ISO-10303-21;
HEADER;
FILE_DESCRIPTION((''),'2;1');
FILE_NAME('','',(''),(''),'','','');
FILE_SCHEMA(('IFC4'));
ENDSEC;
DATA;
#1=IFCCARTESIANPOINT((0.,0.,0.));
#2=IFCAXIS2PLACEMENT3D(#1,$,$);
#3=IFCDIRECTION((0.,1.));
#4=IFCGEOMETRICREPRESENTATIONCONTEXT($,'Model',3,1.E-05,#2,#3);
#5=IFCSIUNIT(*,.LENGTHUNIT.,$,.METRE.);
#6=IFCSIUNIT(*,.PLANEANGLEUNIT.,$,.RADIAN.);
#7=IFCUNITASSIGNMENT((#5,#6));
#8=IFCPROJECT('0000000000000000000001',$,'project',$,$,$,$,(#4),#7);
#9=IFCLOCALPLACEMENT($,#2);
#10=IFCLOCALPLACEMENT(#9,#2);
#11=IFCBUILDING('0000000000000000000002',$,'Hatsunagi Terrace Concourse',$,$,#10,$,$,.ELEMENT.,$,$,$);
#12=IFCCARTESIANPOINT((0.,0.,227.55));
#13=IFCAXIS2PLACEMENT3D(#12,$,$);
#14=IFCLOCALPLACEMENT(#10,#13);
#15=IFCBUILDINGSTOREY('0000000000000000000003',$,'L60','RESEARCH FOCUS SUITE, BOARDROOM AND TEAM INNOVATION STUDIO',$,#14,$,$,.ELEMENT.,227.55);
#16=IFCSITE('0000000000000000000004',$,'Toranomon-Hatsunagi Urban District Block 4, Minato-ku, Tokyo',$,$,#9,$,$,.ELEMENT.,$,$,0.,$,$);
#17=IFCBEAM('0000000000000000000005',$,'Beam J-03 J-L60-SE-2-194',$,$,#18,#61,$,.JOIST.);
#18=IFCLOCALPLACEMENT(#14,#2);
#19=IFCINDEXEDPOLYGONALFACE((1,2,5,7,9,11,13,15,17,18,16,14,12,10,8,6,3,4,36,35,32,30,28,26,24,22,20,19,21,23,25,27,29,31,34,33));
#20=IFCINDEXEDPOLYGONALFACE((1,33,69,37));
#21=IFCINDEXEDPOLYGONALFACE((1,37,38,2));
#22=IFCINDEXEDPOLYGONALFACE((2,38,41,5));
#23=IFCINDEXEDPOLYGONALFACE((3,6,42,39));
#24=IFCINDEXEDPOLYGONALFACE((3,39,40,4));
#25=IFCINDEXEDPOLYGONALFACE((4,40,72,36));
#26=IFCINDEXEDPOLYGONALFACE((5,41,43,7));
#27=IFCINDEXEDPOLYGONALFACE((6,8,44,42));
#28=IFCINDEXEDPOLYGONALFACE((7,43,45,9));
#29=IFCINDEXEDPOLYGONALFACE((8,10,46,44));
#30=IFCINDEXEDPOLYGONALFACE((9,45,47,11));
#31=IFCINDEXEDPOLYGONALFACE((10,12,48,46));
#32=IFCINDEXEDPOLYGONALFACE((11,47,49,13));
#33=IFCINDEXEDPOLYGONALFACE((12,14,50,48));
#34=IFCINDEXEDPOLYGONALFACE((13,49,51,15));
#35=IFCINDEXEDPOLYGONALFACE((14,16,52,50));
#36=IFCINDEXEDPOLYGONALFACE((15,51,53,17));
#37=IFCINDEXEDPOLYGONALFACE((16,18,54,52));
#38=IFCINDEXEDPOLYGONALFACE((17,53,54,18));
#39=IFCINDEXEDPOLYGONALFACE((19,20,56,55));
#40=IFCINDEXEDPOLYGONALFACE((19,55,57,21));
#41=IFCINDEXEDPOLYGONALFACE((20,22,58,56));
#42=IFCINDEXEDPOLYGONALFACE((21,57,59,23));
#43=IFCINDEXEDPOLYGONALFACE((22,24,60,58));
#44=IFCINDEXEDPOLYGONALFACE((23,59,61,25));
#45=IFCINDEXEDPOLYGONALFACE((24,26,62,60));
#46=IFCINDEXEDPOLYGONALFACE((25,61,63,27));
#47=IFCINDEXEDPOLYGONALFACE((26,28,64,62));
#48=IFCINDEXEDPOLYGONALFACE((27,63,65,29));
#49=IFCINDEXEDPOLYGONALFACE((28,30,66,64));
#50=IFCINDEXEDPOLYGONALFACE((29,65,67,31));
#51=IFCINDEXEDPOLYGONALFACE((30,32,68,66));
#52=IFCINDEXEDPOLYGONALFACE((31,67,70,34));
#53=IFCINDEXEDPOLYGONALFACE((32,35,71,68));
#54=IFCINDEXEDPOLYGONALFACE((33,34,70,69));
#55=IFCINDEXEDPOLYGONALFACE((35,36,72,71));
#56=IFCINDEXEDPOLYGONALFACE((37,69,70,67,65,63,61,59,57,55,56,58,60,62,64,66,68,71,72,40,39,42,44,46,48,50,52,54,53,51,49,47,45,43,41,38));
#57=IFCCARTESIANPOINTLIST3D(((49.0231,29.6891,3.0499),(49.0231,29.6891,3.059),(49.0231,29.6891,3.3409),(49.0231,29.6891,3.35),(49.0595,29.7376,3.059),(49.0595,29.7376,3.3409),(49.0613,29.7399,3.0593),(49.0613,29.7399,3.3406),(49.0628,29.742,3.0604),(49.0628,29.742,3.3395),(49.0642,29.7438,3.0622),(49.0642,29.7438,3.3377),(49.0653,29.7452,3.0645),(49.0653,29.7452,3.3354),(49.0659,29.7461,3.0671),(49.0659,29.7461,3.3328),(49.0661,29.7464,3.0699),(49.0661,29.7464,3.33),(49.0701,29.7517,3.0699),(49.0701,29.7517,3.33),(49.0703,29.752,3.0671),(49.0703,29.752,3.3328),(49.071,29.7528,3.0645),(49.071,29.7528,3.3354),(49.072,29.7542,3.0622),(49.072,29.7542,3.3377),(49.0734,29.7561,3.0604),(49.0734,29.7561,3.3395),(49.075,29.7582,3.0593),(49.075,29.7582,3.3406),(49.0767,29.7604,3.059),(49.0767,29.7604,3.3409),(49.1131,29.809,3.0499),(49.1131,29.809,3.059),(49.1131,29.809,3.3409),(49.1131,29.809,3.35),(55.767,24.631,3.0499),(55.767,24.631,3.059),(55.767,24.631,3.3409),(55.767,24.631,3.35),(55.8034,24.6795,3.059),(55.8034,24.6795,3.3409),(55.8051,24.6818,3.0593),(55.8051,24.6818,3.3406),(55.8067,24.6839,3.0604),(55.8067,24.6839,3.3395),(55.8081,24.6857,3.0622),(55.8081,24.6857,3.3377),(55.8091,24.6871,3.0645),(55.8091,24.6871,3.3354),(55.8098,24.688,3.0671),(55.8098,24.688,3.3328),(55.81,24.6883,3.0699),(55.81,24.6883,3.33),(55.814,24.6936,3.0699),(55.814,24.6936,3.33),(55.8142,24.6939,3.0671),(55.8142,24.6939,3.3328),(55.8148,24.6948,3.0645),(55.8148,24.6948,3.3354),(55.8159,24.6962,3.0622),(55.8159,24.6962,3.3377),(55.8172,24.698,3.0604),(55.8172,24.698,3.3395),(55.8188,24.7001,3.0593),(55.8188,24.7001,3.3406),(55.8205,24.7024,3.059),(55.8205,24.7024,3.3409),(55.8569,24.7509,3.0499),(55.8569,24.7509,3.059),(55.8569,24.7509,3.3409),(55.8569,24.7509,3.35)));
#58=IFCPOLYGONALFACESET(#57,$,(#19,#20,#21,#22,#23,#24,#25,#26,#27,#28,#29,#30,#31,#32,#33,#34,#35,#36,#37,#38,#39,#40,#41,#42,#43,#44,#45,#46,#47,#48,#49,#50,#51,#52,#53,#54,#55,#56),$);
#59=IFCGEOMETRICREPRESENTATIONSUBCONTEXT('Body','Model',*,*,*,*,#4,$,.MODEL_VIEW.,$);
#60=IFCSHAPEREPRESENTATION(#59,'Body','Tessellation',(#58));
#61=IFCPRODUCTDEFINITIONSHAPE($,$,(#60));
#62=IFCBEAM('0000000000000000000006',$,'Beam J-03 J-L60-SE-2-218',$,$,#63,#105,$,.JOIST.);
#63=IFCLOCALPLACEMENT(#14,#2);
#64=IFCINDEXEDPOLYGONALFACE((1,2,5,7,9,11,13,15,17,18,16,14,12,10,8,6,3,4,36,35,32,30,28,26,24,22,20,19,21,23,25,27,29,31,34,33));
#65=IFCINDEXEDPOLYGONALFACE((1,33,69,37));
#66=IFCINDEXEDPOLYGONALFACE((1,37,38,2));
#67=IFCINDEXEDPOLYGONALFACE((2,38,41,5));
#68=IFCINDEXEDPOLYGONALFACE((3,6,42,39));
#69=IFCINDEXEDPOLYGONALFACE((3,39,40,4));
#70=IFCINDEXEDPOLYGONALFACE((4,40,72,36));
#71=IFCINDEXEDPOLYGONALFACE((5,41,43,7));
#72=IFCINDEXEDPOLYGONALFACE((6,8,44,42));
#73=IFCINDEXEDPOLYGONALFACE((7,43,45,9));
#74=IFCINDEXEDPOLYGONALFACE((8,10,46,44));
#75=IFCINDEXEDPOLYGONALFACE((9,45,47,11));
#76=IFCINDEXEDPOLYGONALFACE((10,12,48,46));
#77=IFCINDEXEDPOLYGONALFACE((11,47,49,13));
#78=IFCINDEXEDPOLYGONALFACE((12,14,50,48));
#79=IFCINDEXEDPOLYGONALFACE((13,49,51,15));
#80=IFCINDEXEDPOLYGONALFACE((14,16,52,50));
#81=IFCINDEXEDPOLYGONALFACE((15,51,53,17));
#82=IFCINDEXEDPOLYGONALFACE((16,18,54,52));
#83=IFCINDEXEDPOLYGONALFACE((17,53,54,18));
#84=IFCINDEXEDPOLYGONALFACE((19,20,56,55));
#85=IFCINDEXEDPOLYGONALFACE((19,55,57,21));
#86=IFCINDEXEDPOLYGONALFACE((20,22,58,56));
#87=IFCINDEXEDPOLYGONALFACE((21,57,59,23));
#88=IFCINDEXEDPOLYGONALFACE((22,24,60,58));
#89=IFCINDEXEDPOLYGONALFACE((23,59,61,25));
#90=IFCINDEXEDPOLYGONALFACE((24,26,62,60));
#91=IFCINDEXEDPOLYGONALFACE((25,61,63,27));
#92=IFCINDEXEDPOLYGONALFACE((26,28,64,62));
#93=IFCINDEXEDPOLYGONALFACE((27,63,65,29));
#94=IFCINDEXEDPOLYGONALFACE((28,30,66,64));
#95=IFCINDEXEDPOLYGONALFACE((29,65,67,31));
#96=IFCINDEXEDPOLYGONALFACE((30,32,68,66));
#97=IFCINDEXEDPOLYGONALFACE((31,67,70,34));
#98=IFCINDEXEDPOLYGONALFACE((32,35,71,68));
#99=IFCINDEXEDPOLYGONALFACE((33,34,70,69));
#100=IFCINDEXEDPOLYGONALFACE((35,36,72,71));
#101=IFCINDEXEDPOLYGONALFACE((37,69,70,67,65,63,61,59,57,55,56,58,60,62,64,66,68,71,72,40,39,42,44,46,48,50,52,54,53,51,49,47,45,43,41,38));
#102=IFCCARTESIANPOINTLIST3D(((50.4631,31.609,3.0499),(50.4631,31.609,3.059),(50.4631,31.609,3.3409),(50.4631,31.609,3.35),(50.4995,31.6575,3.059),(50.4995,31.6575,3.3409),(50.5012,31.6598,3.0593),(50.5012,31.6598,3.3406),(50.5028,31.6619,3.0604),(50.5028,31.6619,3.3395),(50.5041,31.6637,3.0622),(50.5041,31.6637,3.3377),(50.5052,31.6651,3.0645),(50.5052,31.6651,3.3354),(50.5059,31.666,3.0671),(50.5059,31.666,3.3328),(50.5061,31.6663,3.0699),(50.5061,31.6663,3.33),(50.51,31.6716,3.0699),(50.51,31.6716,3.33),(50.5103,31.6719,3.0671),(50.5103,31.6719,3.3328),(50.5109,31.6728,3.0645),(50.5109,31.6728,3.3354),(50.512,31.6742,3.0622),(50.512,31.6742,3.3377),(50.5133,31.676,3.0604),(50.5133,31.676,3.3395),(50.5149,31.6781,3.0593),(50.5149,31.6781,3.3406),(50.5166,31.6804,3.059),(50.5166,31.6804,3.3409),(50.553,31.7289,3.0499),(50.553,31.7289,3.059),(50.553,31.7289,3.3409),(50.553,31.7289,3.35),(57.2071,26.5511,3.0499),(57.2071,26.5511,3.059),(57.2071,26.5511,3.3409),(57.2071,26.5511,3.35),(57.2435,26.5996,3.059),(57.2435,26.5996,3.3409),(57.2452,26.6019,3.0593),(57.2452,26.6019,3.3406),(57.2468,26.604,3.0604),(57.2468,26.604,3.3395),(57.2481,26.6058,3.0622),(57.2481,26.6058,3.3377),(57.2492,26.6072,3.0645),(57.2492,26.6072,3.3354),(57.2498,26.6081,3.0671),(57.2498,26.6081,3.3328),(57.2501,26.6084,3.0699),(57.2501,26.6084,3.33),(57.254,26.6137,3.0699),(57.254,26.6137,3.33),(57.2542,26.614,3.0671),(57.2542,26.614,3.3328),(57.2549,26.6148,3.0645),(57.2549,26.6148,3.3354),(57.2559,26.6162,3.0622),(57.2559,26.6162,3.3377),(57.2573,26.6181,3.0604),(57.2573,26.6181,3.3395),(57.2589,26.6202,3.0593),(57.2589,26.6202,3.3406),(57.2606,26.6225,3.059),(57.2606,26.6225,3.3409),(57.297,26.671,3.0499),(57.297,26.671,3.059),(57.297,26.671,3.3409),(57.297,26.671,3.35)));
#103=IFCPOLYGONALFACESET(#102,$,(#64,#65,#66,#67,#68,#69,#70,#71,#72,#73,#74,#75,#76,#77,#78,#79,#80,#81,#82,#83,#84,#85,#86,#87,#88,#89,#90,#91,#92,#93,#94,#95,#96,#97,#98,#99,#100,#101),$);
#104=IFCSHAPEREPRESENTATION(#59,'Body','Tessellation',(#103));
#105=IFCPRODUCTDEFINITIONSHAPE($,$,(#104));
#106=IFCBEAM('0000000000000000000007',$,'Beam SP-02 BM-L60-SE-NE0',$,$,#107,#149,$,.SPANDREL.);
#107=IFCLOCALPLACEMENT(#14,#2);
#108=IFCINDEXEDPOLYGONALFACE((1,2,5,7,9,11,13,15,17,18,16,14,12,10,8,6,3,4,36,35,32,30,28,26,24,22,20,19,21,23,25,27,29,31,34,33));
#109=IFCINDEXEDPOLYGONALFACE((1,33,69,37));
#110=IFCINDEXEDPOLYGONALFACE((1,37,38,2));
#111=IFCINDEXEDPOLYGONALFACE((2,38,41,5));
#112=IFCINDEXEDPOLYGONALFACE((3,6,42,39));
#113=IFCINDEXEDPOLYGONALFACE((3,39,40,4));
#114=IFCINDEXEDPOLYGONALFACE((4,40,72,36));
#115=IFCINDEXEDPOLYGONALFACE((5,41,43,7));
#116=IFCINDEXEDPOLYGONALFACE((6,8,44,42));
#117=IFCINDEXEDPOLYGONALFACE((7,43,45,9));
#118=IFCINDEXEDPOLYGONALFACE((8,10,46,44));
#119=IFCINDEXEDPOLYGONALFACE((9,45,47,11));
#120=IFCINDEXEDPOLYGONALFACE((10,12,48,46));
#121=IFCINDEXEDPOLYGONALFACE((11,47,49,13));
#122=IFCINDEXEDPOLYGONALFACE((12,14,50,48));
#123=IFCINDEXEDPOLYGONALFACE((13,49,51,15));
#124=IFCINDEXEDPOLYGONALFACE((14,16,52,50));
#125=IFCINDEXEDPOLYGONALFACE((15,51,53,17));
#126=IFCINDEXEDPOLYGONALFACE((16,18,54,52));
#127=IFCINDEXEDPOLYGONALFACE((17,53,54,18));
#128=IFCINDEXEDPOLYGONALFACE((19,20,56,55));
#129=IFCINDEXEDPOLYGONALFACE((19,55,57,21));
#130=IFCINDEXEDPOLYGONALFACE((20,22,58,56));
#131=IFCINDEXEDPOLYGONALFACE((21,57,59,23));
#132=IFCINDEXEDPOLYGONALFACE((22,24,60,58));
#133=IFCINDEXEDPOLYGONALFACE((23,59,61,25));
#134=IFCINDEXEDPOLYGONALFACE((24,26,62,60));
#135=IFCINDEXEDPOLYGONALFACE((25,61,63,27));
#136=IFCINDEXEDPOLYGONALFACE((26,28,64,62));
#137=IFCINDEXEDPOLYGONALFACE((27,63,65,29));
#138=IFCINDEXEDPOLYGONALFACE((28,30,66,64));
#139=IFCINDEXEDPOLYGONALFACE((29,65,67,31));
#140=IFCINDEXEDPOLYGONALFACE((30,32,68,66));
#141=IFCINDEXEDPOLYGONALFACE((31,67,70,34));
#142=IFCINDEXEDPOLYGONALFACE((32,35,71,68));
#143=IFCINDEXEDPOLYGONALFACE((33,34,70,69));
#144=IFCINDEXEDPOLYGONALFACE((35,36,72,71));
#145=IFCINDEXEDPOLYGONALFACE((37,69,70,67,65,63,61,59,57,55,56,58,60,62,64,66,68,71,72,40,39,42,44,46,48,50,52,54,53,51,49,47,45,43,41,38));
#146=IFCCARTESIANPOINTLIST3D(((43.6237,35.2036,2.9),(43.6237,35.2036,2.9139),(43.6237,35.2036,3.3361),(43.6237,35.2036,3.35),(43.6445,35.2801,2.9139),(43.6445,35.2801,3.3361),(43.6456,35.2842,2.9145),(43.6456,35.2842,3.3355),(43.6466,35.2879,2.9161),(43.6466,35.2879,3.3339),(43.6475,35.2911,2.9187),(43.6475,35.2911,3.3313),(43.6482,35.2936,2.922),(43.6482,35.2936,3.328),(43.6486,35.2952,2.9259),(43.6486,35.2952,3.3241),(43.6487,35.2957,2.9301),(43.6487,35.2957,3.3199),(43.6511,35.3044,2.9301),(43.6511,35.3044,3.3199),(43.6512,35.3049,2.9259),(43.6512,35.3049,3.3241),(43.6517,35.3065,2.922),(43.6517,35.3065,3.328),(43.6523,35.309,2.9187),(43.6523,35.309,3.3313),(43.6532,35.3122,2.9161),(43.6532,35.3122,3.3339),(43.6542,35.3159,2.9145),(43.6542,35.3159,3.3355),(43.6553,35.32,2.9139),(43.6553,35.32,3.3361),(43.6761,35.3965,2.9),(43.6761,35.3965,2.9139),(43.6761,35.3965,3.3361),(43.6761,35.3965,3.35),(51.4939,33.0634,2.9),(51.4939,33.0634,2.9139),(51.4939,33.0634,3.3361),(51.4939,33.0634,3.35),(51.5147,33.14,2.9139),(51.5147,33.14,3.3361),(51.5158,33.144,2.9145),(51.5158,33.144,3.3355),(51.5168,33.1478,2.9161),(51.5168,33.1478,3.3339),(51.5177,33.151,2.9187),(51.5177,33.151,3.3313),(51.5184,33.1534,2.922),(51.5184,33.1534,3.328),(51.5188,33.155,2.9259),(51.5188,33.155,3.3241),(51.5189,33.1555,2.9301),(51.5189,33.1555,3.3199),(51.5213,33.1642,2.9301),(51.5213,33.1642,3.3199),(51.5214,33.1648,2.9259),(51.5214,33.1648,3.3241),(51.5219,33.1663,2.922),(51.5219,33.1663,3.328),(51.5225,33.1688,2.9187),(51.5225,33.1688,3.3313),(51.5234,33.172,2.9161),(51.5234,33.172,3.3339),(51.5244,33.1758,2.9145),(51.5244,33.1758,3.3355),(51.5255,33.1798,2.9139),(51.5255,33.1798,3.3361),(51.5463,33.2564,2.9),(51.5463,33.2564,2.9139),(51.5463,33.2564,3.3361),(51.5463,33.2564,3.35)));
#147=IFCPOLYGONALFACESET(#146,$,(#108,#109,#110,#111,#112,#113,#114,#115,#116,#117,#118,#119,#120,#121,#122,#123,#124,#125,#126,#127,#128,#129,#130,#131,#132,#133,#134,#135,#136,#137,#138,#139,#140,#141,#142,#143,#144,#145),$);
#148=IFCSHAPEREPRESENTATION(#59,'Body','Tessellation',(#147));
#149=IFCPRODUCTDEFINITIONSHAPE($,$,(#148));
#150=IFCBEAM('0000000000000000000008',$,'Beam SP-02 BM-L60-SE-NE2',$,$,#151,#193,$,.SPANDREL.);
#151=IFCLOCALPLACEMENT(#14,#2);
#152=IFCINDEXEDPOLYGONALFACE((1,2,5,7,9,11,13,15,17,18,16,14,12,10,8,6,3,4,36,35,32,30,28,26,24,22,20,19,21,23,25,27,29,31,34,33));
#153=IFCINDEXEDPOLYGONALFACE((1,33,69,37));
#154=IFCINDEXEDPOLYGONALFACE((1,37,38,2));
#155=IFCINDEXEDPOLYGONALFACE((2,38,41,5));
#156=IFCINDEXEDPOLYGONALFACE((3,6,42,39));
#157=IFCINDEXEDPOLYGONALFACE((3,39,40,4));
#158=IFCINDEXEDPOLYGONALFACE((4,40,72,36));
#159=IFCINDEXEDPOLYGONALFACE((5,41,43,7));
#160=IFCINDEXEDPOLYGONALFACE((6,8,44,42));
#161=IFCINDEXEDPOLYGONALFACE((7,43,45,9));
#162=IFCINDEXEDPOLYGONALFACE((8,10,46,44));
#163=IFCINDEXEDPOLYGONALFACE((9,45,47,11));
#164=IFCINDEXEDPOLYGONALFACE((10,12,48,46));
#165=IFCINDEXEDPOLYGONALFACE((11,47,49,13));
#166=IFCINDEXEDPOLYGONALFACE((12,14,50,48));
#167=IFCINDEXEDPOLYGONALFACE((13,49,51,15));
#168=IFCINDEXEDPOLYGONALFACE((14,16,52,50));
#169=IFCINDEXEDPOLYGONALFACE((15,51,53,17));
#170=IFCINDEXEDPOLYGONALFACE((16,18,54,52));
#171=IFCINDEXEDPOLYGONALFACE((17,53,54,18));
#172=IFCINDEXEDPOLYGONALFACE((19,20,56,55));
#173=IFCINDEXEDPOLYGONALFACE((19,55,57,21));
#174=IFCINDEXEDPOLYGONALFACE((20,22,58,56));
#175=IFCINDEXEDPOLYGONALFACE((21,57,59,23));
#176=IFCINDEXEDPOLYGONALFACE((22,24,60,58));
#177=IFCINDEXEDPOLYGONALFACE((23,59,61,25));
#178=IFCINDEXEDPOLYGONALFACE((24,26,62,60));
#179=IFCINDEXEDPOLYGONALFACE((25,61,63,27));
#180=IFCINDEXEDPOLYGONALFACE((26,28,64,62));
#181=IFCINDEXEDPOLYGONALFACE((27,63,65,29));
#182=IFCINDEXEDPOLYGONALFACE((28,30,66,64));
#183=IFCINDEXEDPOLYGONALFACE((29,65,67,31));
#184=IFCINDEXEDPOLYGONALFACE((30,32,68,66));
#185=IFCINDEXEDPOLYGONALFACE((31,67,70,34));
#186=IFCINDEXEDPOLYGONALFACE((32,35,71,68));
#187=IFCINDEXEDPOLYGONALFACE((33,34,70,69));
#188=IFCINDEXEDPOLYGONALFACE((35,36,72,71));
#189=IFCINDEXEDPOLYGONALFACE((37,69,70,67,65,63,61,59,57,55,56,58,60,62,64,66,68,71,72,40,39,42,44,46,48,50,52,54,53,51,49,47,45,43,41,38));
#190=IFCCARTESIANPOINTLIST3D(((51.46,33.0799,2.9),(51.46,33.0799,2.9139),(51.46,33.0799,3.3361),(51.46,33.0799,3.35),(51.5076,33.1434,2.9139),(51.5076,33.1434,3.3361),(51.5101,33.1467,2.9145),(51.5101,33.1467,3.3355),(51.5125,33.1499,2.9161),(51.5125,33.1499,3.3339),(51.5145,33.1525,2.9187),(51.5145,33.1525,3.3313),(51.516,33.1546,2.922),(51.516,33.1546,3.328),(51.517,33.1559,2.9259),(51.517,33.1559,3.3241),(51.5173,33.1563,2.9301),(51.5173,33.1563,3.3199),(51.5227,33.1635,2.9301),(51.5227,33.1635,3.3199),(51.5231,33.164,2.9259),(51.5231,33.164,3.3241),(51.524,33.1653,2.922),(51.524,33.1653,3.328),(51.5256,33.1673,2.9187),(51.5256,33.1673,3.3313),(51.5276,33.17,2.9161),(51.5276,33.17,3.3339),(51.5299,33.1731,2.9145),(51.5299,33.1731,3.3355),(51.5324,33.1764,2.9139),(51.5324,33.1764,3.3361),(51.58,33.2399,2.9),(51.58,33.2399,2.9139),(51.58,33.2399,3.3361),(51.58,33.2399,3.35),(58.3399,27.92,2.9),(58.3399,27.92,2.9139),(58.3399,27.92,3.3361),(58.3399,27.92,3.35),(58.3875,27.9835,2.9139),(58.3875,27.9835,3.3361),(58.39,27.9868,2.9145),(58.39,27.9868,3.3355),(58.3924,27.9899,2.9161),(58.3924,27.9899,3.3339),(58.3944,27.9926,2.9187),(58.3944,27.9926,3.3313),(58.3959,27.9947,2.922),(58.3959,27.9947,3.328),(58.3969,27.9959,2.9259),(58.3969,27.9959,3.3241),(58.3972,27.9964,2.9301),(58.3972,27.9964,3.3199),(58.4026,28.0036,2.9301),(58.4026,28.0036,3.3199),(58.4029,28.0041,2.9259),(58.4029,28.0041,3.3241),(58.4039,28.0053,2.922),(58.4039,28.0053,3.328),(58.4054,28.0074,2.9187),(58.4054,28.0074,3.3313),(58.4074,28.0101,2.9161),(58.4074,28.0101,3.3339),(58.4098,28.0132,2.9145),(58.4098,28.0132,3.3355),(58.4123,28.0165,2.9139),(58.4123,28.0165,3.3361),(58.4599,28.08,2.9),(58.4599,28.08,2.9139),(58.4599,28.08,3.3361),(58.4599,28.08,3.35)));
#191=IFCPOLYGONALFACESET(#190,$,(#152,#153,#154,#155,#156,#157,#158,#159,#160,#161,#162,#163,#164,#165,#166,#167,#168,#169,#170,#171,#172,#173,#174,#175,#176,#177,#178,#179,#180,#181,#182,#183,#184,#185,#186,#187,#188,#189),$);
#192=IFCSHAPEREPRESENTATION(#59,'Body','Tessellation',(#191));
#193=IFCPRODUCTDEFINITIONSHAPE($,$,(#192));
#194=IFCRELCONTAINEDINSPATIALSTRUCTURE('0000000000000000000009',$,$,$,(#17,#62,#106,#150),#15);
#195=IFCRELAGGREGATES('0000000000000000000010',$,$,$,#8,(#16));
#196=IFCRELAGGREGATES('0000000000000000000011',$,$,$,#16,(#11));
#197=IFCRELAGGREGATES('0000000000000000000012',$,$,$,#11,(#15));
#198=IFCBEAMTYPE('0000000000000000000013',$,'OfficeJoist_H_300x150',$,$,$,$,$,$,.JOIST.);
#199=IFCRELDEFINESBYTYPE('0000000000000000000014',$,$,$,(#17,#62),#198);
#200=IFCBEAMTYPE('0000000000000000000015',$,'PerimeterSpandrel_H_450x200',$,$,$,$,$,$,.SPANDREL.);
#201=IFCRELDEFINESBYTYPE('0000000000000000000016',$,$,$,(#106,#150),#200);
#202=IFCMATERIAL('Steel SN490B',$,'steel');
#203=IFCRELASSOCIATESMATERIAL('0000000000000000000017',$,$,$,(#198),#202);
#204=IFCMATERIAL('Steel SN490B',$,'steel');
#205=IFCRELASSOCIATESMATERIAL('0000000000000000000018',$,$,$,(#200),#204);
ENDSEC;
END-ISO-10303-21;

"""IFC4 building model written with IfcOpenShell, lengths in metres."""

from ifc_helpers import new_model, si_unit, direction, frame, origin, origin_2d, place, context, subcontext, project, spatial, i_section, extrude, material, material_profile, profile_set, type_object, element, save


model = new_model("IFC4")

# Units and contexts
model_context = context("Model", 3, precision=1e-05, world=origin(), true_north=direction((0.0, 1.0)))
body_context = subcontext(model_context, "Body", "Model", "MODEL_VIEW")
ifc_project = project(units=[si_unit("LENGTHUNIT", "METRE"), si_unit("PLANEANGLEUNIT", "RADIAN")], contexts=[model_context])

# Site, building, storey
site_placement = place(None, origin())
site = spatial("IfcSite", under=ifc_project, at=site_placement, Name="Toranomon-Hatsunagi Urban District Block 4, Minato-ku, Tokyo", CompositionType="ELEMENT", RefElevation=0.0)
building_placement = place(site_placement, origin())
building = spatial("IfcBuilding", under=site, at=building_placement, Name="Hatsunagi Terrace Concourse", CompositionType="ELEMENT")
storey_placement = place(building_placement, frame((0.0, 0.0, 227.55)))
storey = spatial("IfcBuildingStorey", under=building, at=storey_placement, Name="L60", Description="RESEARCH FOCUS SUITE, BOARDROOM AND TEAM INNOVATION STUDIO", CompositionType="ELEMENT", Elevation=227.55)

# Beams
ifc_material_1 = material(Name="Steel SN490B", Category="steel")
ifc_material_profile_1 = material_profile(ifc_material_1, i_section(OverallWidth=0.1499, OverallDepth=0.3, WebThickness=0.0066, FlangeThickness=0.009, FilletRadius=0.011, at=origin_2d()), Name="H-300x150x6.5x9")
ifc_profile_set_1 = profile_set([ifc_material_profile_1], Name="Steel SN490B")
beam_type_1 = type_object("IfcBeamType", Name="OfficeJoist_H_300x150", PredefinedType="JOIST", material=ifc_profile_set_1)
for number, where, z_axis, x_axis, name in (
    (1, (49.0681, 29.749, 3.2), (0.79999, -0.600014, 0.0), (0.600014, 0.79999, 0.0), "Beam J-03 J-L60-SE-2-194"),
    (2, (50.5081, 31.6689, 3.2), (0.800003, -0.599995, 0.0), (0.599995, 0.800003, 0.0), "Beam J-03 J-L60-SE-2-218"),
):
    element("IfcBeam", number, at=place(storey_placement, frame(where, z_axis=z_axis, x_axis=x_axis)), inside=storey, type_object=beam_type_1, Name=name, PredefinedType="JOIST", context=body_context, shape_type="SweptSolid", body=[
        extrude(i_section(OverallWidth=0.1499, OverallDepth=0.3, WebThickness=0.0066, FlangeThickness=0.009, FilletRadius=0.011, at=origin_2d()), origin(), (0.0, 0.0, 1.0), 8.4299),
    ])
ifc_material_2 = material(Name="Steel SN490B", Category="steel")
ifc_material_profile_2 = material_profile(ifc_material_2, i_section(OverallWidth=0.2, OverallDepth=0.45, WebThickness=0.009, FlangeThickness=0.0139, FilletRadius=0.0161, at=origin_2d()), Name="H-450x200x9x14")
ifc_profile_set_2 = profile_set([ifc_material_profile_2], Name="Steel SN490B")
beam_type_2 = type_object("IfcBeamType", Name="PerimeterSpandrel_H_450x200", PredefinedType="SPANDREL", material=ifc_profile_set_2)
beam_1_placement = place(storey_placement, frame((43.6499, 35.3, 3.125), z_axis=(0.964958, -0.262403, 0.0), x_axis=(0.262403, 0.964958, 0.0)))
element("IfcBeam", 3, at=beam_1_placement, inside=storey, type_object=beam_type_2, Name="Beam SP-02 BM-L60-SE-NE0", PredefinedType="SPANDREL", context=body_context, shape_type="SweptSolid", body=[
    extrude(i_section(OverallWidth=0.2, OverallDepth=0.45, WebThickness=0.009, FlangeThickness=0.0139, FilletRadius=0.0161, at=origin_2d()), origin(), (0.0, 0.0, 1.0), 8.156),
])
beam_2_placement = place(storey_placement, frame((51.52, 33.1599, 3.125), z_axis=(0.8, -0.6, 0.0), x_axis=(0.6, 0.8, 0.0)))
element("IfcBeam", 4, at=beam_2_placement, inside=storey, type_object=beam_type_2, Name="Beam SP-02 BM-L60-SE-NE2", PredefinedType="SPANDREL", context=body_context, shape_type="SweptSolid", body=[
    extrude(i_section(OverallWidth=0.2, OverallDepth=0.45, WebThickness=0.009, FlangeThickness=0.0139, FilletRadius=0.0161, at=origin_2d()), origin(), (0.0, 0.0, 1.0), 8.5999),
])

save(model, "model.ifc")
